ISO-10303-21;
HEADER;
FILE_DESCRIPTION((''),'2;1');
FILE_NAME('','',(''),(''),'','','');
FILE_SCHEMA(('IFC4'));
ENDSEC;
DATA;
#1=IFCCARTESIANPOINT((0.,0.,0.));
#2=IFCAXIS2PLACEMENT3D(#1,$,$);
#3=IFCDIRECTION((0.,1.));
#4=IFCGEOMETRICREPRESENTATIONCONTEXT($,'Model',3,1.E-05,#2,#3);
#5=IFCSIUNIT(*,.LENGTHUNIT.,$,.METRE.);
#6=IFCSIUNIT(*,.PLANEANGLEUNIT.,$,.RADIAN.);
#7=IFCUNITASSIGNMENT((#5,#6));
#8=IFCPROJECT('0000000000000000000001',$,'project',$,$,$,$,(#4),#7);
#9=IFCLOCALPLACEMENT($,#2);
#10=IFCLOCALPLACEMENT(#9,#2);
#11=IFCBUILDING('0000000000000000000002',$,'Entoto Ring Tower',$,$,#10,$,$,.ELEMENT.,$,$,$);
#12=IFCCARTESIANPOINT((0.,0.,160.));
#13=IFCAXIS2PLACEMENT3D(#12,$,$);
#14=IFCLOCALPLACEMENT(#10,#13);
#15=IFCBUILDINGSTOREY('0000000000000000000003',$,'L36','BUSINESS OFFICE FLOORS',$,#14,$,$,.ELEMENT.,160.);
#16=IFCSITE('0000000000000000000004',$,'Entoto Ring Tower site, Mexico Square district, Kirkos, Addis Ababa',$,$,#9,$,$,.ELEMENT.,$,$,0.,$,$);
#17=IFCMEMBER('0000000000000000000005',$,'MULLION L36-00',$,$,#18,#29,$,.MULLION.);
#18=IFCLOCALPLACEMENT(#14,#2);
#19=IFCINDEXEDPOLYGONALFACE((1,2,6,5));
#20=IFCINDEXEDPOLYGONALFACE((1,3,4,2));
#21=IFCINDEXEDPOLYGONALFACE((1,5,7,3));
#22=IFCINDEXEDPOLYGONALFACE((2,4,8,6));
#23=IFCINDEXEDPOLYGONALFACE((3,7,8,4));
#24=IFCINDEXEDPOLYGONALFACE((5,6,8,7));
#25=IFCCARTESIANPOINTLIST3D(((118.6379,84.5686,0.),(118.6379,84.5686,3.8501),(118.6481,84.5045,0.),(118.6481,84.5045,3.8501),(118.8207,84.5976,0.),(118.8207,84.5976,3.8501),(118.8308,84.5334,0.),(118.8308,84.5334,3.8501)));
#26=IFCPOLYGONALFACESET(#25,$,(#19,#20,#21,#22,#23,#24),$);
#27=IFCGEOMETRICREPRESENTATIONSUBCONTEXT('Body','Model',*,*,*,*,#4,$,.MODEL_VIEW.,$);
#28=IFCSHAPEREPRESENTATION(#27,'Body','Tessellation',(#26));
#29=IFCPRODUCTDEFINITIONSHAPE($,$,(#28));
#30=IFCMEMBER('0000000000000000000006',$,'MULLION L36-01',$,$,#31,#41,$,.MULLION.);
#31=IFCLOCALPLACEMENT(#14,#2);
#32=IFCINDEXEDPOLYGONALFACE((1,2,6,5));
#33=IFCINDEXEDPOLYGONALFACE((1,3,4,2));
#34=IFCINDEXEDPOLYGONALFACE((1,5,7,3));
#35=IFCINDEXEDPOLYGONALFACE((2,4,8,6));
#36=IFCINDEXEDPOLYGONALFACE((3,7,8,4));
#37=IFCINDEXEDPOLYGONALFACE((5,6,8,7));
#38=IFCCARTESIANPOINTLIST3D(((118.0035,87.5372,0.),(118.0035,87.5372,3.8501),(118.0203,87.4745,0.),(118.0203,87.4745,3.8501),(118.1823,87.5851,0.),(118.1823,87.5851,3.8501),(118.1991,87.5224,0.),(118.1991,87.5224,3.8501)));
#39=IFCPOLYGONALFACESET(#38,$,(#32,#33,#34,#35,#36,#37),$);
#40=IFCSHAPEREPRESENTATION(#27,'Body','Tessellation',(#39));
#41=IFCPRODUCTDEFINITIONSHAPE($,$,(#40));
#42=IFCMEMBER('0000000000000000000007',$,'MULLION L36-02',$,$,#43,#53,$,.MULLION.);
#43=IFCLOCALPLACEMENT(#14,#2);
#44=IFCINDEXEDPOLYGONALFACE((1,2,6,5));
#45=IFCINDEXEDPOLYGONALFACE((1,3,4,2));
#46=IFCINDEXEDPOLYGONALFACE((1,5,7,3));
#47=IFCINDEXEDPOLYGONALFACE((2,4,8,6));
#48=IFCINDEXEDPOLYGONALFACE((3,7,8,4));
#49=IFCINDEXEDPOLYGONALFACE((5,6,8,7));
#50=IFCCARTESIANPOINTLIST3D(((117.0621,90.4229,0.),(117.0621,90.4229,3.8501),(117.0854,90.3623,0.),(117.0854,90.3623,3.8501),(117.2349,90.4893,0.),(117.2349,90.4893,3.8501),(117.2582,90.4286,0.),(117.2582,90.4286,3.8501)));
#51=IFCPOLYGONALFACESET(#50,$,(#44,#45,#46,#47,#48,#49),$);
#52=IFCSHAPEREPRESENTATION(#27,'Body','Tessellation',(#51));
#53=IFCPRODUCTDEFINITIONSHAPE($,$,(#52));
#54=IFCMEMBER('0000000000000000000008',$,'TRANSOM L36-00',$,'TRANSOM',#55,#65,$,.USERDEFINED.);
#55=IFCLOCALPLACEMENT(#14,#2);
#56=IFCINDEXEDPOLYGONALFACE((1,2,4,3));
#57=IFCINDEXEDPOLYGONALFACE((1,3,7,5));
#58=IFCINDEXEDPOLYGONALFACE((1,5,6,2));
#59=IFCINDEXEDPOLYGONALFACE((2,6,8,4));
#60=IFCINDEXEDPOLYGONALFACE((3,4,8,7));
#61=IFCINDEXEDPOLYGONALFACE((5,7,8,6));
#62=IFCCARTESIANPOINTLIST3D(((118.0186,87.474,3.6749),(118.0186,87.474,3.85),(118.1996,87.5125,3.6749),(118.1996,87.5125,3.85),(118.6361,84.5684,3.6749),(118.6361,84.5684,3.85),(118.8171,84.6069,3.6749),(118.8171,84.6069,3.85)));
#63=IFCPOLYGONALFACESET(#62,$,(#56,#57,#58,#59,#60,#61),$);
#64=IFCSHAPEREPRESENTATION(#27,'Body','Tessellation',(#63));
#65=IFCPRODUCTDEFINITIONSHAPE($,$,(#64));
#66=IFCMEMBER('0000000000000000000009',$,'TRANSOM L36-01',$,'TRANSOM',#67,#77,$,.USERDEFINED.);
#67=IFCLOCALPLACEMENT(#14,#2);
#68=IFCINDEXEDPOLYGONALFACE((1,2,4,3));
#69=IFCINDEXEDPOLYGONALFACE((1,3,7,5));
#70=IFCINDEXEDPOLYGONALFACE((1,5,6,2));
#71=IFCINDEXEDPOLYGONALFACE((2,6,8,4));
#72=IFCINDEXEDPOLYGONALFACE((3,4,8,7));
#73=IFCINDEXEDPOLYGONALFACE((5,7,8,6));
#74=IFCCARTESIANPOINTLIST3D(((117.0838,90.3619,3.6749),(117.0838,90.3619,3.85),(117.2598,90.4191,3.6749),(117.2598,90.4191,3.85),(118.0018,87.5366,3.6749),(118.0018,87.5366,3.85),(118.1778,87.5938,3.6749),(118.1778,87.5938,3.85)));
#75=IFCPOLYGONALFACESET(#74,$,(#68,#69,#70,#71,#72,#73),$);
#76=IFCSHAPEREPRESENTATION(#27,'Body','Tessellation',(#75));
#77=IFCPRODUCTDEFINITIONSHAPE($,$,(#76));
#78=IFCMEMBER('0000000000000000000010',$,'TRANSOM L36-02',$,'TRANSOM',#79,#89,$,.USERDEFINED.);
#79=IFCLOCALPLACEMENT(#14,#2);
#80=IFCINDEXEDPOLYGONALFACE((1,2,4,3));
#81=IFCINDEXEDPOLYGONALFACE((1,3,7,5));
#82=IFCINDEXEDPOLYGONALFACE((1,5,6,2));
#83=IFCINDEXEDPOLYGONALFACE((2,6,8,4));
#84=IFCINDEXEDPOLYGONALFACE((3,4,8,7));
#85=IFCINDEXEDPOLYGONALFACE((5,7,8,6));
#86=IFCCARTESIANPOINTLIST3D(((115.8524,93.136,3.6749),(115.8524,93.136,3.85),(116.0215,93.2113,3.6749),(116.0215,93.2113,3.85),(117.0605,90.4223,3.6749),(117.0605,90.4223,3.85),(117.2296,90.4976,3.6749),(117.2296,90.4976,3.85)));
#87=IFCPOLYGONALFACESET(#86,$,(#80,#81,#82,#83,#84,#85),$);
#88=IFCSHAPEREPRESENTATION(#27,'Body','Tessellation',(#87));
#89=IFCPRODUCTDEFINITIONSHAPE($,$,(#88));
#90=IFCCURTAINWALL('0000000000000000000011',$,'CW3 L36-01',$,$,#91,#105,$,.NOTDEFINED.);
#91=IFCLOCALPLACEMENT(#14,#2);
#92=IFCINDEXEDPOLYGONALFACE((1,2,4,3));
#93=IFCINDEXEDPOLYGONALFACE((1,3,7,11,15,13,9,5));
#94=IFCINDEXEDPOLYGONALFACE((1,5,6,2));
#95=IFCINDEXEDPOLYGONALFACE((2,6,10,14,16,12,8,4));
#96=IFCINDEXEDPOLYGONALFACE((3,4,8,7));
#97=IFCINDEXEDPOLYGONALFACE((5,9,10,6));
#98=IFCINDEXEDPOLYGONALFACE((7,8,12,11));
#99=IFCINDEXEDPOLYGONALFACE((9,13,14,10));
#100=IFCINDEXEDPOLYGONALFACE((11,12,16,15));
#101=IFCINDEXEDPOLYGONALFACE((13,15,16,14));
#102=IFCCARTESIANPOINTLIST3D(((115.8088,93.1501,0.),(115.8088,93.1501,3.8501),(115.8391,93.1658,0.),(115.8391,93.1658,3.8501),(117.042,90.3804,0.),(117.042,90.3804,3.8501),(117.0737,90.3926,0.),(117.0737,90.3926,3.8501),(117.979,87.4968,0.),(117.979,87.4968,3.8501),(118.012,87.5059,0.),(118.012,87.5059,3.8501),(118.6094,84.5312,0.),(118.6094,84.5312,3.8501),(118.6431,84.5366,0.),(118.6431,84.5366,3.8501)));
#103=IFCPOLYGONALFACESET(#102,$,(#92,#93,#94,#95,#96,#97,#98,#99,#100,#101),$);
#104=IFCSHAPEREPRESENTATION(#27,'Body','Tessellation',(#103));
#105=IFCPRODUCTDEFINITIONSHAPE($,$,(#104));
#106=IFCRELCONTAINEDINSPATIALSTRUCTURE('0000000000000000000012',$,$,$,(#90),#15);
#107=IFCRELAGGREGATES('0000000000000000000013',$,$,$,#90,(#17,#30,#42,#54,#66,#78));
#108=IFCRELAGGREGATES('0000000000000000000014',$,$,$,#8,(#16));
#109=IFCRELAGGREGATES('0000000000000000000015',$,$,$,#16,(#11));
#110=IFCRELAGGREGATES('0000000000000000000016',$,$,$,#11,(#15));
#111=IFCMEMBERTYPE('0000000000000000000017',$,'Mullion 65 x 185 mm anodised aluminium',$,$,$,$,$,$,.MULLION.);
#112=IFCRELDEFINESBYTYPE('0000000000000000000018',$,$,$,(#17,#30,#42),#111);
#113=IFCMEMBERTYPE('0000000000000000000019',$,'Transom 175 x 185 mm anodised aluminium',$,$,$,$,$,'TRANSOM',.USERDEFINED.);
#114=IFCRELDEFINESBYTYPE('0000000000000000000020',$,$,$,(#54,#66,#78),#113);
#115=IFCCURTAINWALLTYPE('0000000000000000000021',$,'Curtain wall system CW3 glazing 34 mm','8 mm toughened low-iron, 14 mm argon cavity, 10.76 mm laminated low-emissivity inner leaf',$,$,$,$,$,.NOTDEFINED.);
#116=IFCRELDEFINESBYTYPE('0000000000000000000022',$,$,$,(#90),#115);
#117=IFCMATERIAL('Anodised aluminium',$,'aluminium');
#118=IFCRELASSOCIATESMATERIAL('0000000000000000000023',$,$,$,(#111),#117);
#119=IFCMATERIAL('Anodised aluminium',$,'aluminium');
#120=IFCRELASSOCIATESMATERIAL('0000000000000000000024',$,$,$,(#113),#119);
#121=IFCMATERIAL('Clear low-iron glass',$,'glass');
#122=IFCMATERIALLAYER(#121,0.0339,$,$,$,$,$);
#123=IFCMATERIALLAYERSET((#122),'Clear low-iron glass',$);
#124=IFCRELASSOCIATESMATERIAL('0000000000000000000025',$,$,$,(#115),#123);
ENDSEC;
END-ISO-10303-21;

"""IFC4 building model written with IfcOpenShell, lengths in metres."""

from ifc_helpers import new_model, si_unit, direction, frame, origin, origin_2d, place, context, subcontext, project, spatial, polyline, rectangle, outline, extrude, material, layer, layer_set, material_profile, profile_set, type_object, element, aggregate, save


model = new_model("IFC4")

# Units and contexts
model_context = context("Model", 3, precision=1e-05, world=origin(), true_north=direction((0.0, 1.0)))
body_context = subcontext(model_context, "Body", "Model", "MODEL_VIEW")
ifc_project = project(units=[si_unit("LENGTHUNIT", "METRE"), si_unit("PLANEANGLEUNIT", "RADIAN")], contexts=[model_context])

# Members
ifc_material_1 = material(Name="Anodised aluminium", Category="aluminium")
ifc_material_profile_1 = material_profile(ifc_material_1, rectangle(XDim=0.0649, YDim=0.1851, at=origin_2d()), Name="Mullion 65 x 185 mm anodised aluminium")
ifc_profile_set_1 = profile_set([ifc_material_profile_1], Name="Anodised aluminium")
member_type_1 = type_object("IfcMemberType", Name="Mullion 65 x 185 mm anodised aluminium", PredefinedType="MULLION", material=ifc_profile_set_1)
site_placement = place(None, origin())
building_placement = place(site_placement, origin())
storey_placement = place(building_placement, frame((0.0, 0.0, 160.0)))
member_1_placement = place(storey_placement, frame((118.7344, 84.551, 0.0), z_axis=(0.0, 0.0, 1.0), x_axis=(-0.156434, 0.987688, 0.0)))
member_1 = element("IfcMember", 1, at=member_1_placement, type_object=member_type_1, Name="MULLION L36-00", PredefinedType="MULLION", context=body_context, shape_type="SweptSolid", body=[
    extrude(rectangle(XDim=0.0649, YDim=0.1851, at=origin_2d()), origin(), (0.0, 0.0, 1.0), 3.8501),
])
member_2_placement = place(storey_placement, frame((118.1013, 87.5298, 0.0), z_axis=(0.0, 0.0, 1.0), x_axis=(-0.258819, 0.965926, 0.0)))
member_2 = element("IfcMember", 2, at=member_2_placement, type_object=member_type_1, Name="MULLION L36-01", PredefinedType="MULLION", context=body_context, shape_type="SweptSolid", body=[
    extrude(rectangle(XDim=0.0649, YDim=0.1851, at=origin_2d()), origin(), (0.0, 0.0, 1.0), 3.8501),
])
member_3_placement = place(storey_placement, frame((117.1602, 90.4258, 0.0), z_axis=(0.0, 0.0, 1.0), x_axis=(-0.358368, 0.93358, 0.0)))
member_3 = element("IfcMember", 3, at=member_3_placement, type_object=member_type_1, Name="MULLION L36-02", PredefinedType="MULLION", context=body_context, shape_type="SweptSolid", body=[
    extrude(rectangle(XDim=0.0649, YDim=0.1851, at=origin_2d()), origin(), (0.0, 0.0, 1.0), 3.8501),
])
ifc_material_2 = material(Name="Anodised aluminium", Category="aluminium")
ifc_material_profile_2 = material_profile(ifc_material_2, rectangle(XDim=0.1851, YDim=0.175, at=origin_2d()), Name="Transom 175 x 185 mm anodised aluminium")
ifc_profile_set_2 = profile_set([ifc_material_profile_2], Name="Anodised aluminium")
member_type_2 = type_object("IfcMemberType", Name="Transom 175 x 185 mm anodised aluminium", ElementType="TRANSOM", PredefinedType="USERDEFINED", material=ifc_profile_set_2)
member_4_placement = place(storey_placement, frame((118.7266, 84.5876, 3.7625), z_axis=(-0.207862, 0.978158, 0.0), x_axis=(-0.978158, -0.207862, 0.0)))
member_4 = element("IfcMember", 4, at=member_4_placement, type_object=member_type_2, Name="TRANSOM L36-00", ObjectType="TRANSOM", PredefinedType="USERDEFINED", context=body_context, shape_type="SweptSolid", body=[
    extrude(rectangle(XDim=0.1851, YDim=0.175, at=origin_2d()), origin(), (0.0, 0.0, 1.0), 2.9705),
])
member_5_placement = place(storey_placement, frame((118.0898, 87.5652, 3.7625), z_axis=(-0.309019, 0.951056, 0.0), x_axis=(-0.951056, -0.309019, 0.0)))
member_5 = element("IfcMember", 5, at=member_5_placement, type_object=member_type_2, Name="TRANSOM L36-01", ObjectType="TRANSOM", PredefinedType="USERDEFINED", context=body_context, shape_type="SweptSolid", body=[
    extrude(rectangle(XDim=0.1851, YDim=0.175, at=origin_2d()), origin(), (0.0, 0.0, 1.0), 2.9707),
])
member_6_placement = place(storey_placement, frame((117.145, 90.46, 3.7625), z_axis=(-0.406687, 0.913567, 0.0), x_axis=(-0.913567, -0.406687, 0.0)))
member_6 = element("IfcMember", 6, at=member_6_placement, type_object=member_type_2, Name="TRANSOM L36-02", ObjectType="TRANSOM", PredefinedType="USERDEFINED", context=body_context, shape_type="SweptSolid", body=[
    extrude(rectangle(XDim=0.1851, YDim=0.175, at=origin_2d()), origin(), (0.0, 0.0, 1.0), 2.9705),
])

# Site, building, storey
site = spatial("IfcSite", under=ifc_project, at=site_placement, Name="Entoto Ring Tower site, Mexico Square district, Kirkos, Addis Ababa", CompositionType="ELEMENT", RefElevation=0.0)
building = spatial("IfcBuilding", under=site, at=building_placement, Name="Entoto Ring Tower", CompositionType="ELEMENT")
storey = spatial("IfcBuildingStorey", under=building, at=storey_placement, Name="L36", Description="BUSINESS OFFICE FLOORS", CompositionType="ELEMENT", Elevation=160.0)

# Curtain wall
ifc_material_3 = material(Name="Clear low-iron glass", Category="glass")
ifc_layer_1 = layer(ifc_material_3, 0.0339)
ifc_layer_set_1 = layer_set([ifc_layer_1], Name="Clear low-iron glass")
curtain_wall_type = type_object("IfcCurtainWallType", Name="Curtain wall system CW3 glazing 34 mm", Description="8 mm toughened low-iron, 14 mm argon cavity, 10.76 mm laminated low-emissivity inner leaf", PredefinedType="NOTDEFINED", material=ifc_layer_set_1)
curtain_wall_1_placement = place(storey_placement, origin())
curtain_wall_1 = element("IfcCurtainWall", 7, at=curtain_wall_1_placement, inside=storey, type_object=curtain_wall_type, Name="CW3 L36-01", PredefinedType="NOTDEFINED", context=body_context, shape_type="SweptSolid", body=[
    extrude(outline(polyline([(118.6431, 84.5366), (118.012, 87.5059), (117.0737, 90.3926), (115.8391, 93.1658), (115.8088, 93.1501), (117.042, 90.3804), (117.979, 87.4968), (118.6094, 84.5312), (118.6431, 84.5366)])), origin(), (0.0, 0.0, 1.0), 3.8501),
])
aggregate(curtain_wall_1, [member_1, member_2, member_3, member_4, member_5, member_6])

save(model, "model.ifc")
